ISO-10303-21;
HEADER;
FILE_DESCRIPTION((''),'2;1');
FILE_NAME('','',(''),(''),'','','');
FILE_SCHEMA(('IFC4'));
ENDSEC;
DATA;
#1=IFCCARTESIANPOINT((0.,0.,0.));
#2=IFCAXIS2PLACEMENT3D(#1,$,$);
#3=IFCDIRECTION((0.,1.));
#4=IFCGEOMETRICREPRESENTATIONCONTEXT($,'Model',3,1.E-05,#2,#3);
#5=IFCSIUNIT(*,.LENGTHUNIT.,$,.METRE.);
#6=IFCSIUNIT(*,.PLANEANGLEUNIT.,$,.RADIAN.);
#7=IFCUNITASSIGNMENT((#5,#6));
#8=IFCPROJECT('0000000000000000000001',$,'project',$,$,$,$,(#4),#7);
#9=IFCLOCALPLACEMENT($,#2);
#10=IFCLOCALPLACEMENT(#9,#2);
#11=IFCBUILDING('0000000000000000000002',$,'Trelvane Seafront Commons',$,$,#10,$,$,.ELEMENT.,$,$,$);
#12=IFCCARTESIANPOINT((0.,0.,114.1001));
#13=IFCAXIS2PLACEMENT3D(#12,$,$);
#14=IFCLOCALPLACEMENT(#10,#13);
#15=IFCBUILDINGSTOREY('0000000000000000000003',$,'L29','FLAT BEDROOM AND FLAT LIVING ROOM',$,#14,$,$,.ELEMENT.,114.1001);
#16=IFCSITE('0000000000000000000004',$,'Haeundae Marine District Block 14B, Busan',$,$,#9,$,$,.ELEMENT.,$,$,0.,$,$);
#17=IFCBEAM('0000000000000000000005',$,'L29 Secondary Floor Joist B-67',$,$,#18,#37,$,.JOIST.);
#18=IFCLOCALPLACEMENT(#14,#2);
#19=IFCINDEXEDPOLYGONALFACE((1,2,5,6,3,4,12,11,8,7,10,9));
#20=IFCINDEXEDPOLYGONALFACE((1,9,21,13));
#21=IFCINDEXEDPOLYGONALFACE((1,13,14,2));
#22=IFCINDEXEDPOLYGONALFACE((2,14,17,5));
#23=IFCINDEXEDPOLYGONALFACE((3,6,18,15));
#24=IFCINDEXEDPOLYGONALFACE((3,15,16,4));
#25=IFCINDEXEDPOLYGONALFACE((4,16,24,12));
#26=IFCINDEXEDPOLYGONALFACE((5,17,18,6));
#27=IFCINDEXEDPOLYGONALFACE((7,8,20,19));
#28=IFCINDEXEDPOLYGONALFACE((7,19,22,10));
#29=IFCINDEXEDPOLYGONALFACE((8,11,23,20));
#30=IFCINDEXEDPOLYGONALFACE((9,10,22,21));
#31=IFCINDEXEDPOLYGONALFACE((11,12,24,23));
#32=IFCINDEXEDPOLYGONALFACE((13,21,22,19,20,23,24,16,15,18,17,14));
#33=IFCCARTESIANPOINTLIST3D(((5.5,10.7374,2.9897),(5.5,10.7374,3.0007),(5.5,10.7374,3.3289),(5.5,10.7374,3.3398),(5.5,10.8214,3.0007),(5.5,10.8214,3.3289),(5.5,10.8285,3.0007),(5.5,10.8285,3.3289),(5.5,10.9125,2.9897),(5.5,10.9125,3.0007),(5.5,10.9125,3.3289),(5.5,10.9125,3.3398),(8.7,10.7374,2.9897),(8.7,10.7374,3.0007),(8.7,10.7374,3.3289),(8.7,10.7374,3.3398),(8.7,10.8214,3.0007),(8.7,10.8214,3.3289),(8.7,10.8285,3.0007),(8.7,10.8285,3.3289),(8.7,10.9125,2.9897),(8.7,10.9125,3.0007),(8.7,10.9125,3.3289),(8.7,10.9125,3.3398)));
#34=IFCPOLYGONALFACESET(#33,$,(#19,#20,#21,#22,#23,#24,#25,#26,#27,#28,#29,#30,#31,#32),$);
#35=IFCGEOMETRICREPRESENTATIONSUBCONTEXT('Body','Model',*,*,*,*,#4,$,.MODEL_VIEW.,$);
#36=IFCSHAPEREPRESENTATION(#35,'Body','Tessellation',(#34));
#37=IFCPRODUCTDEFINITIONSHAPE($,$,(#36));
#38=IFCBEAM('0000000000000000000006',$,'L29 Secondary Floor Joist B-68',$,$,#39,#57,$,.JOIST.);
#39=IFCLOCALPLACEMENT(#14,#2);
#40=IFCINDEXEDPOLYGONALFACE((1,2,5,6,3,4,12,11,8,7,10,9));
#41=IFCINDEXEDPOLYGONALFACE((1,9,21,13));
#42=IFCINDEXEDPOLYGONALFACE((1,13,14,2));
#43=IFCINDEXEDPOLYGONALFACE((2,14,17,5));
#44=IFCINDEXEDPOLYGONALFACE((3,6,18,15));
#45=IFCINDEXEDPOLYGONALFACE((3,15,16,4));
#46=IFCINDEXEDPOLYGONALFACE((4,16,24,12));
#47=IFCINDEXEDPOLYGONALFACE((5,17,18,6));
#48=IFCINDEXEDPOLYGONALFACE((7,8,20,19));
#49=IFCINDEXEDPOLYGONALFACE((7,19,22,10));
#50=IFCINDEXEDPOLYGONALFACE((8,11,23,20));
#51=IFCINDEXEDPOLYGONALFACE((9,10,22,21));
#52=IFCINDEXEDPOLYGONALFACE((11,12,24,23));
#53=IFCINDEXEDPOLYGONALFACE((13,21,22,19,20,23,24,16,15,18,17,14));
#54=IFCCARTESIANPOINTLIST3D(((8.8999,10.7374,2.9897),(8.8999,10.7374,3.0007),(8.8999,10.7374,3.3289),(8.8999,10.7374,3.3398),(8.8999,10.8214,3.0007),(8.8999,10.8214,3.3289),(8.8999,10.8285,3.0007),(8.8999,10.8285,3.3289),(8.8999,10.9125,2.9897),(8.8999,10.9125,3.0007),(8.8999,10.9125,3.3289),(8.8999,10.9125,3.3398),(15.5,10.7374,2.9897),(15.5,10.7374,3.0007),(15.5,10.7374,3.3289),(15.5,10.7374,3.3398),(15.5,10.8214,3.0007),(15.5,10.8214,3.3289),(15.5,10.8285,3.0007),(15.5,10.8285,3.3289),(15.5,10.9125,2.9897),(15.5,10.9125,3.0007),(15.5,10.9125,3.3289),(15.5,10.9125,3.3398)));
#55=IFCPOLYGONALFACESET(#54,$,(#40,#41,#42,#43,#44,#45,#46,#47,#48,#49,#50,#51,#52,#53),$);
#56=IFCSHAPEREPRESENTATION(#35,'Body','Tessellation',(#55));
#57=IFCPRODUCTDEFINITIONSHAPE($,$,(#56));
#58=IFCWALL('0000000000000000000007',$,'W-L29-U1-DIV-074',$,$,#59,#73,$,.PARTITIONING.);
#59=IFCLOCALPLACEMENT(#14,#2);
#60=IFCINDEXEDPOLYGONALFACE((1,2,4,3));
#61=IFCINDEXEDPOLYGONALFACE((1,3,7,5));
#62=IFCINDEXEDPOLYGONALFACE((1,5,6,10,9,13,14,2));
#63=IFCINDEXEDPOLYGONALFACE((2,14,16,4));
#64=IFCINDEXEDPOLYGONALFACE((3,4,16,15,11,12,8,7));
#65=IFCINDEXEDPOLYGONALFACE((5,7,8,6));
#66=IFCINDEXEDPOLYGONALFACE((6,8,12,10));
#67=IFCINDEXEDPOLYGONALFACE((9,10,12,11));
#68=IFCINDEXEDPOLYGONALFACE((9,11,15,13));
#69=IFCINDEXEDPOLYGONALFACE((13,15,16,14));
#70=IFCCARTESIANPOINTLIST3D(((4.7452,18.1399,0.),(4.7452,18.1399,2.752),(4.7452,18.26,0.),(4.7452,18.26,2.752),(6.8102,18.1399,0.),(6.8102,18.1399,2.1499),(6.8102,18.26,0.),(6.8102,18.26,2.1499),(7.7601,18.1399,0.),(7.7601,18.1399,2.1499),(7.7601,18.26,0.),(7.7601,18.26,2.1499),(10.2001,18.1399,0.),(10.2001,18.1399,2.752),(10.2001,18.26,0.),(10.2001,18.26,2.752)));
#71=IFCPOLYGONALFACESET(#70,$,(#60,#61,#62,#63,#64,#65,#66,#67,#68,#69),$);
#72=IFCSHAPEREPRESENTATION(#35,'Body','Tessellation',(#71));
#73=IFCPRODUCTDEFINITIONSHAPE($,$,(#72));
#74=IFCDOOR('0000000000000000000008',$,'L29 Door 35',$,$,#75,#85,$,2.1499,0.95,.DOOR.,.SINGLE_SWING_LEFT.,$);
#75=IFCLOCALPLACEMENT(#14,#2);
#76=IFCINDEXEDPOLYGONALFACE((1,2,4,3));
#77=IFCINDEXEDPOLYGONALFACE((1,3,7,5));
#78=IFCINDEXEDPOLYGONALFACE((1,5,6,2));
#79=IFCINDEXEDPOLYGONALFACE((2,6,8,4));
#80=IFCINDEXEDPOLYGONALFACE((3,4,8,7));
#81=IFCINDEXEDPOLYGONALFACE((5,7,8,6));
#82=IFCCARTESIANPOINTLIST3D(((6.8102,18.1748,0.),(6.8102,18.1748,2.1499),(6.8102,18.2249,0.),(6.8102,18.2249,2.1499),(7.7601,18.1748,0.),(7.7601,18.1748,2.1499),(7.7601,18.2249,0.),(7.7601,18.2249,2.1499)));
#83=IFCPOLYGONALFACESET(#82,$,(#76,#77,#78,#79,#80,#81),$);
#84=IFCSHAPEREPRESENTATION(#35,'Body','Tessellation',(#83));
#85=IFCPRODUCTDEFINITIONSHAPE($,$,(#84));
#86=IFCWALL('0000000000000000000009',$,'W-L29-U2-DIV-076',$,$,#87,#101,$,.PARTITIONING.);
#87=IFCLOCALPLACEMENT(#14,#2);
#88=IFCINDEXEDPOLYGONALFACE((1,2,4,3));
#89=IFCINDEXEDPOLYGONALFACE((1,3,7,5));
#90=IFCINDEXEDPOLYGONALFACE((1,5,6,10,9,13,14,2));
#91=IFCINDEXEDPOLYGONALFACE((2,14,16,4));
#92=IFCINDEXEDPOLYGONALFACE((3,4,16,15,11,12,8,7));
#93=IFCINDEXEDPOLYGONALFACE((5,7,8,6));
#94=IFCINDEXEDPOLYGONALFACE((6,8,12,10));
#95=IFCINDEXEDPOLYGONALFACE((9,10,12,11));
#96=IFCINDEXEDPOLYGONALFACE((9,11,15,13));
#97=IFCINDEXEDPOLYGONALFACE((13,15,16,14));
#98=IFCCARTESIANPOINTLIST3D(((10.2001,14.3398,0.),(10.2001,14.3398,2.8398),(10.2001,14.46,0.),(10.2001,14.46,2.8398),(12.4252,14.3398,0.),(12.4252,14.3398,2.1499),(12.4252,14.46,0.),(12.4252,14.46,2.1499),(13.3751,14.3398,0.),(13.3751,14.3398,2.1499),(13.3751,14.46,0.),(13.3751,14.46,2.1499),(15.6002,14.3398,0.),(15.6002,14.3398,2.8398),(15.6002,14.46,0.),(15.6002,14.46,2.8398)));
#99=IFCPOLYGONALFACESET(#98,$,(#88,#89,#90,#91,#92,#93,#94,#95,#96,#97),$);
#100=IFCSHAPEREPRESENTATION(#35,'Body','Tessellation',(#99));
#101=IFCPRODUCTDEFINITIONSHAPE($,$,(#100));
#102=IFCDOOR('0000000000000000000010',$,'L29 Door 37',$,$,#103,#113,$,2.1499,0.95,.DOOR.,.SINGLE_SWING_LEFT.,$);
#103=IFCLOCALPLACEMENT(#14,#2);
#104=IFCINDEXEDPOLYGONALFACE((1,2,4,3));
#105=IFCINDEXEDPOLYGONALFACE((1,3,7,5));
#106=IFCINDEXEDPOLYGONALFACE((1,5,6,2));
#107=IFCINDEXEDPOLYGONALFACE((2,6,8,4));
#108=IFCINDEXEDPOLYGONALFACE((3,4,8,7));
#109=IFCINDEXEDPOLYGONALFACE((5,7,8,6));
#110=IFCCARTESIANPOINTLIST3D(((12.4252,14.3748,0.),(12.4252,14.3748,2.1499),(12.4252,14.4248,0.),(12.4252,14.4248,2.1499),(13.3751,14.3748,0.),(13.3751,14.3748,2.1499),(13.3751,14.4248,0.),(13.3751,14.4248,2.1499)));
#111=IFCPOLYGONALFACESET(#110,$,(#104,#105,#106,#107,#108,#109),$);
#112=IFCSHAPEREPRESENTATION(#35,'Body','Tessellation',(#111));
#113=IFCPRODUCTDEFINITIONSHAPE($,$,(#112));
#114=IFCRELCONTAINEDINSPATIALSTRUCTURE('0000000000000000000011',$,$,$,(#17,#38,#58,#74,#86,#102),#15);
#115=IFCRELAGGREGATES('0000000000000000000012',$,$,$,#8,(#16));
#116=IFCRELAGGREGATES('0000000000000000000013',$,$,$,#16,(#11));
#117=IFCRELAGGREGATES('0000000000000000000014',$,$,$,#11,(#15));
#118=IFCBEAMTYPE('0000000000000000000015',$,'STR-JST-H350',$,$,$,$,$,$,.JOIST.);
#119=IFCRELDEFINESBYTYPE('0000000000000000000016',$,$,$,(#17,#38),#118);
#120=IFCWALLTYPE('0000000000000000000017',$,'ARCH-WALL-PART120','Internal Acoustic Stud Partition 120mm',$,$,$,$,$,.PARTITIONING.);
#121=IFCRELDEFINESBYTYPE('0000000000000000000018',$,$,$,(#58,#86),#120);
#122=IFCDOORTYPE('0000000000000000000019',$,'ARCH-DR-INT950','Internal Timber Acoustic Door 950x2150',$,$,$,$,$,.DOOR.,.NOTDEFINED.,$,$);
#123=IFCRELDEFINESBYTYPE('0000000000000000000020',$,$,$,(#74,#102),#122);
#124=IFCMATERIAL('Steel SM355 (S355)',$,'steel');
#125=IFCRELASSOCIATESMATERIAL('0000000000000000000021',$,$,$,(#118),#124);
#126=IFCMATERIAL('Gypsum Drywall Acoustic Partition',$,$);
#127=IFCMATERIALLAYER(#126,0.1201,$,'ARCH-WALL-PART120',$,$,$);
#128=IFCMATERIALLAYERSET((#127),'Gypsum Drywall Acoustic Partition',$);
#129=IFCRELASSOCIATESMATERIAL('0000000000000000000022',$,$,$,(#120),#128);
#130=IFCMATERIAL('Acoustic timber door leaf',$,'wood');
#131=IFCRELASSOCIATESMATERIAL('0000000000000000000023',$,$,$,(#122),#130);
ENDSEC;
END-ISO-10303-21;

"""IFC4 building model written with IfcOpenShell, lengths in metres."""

from ifc_helpers import new_model, si_unit, direction, frame, frame_2d, origin, origin_2d, place, context, subcontext, project, spatial, rectangle, i_section, extrude, source, transform, mapped, material, layer, layer_set, material_profile, profile_set, type_object, element, fill, save


model = new_model("IFC4")

# Units and contexts
model_context = context("Model", 3, precision=1e-05, world=origin(), true_north=direction((0.0, 1.0)))
body_context = subcontext(model_context, "Body", "Model", "MODEL_VIEW")
ifc_project = project(units=[si_unit("LENGTHUNIT", "METRE"), si_unit("PLANEANGLEUNIT", "RADIAN")], contexts=[model_context])

# Site, building, storey
site_placement = place(None, origin())
site = spatial("IfcSite", under=ifc_project, at=site_placement, Name="Haeundae Marine District Block 14B, Busan", CompositionType="ELEMENT", RefElevation=0.0)
building_placement = place(site_placement, origin())
building = spatial("IfcBuilding", under=site, at=building_placement, Name="Trelvane Seafront Commons", CompositionType="ELEMENT")
storey_placement = place(building_placement, frame((0.0, 0.0, 114.1001)))
storey = spatial("IfcBuildingStorey", under=building, at=storey_placement, Name="L29", Description="FLAT BEDROOM AND FLAT LIVING ROOM", CompositionType="ELEMENT", Elevation=114.1001)

# Shared definitions
ifc_material_1 = material(Name="Steel SM355 (S355)", Category="steel")

# Beams
ifc_material_profile_1 = material_profile(ifc_material_1, i_section(OverallWidth=0.175, OverallDepth=0.3501, WebThickness=0.0071, FlangeThickness=0.011, at=origin_2d()), Name="H-350x175x7x11")
ifc_profile_set_1 = profile_set([ifc_material_profile_1], Name="Steel SM355 (S355)")
beam_type_1 = type_object("IfcBeamType", Name="STR-JST-H350", PredefinedType="JOIST", material=ifc_profile_set_1)
shared_shape_1 = source(origin(), body_context, "Body", "SweptSolid", [
    extrude(i_section(OverallWidth=0.175, OverallDepth=0.3501, WebThickness=0.0071, FlangeThickness=0.011, at=origin_2d()), origin(), (0.0, 0.0, 1.0), 3.2),
])
beam_1_placement = place(storey_placement, frame((5.5, 10.825, 3.1648), z_axis=(1.0, 0.0, 0.0), x_axis=(0.0, 1.0, 0.0)))
element("IfcBeam", 1, at=beam_1_placement, inside=storey, type_object=beam_type_1, Name="L29 Secondary Floor Joist B-67", PredefinedType="JOIST", context=body_context, shape_type="MappedRepresentation", body=[
    mapped(shared_shape_1, transform((0.0, 0.0, 0.0), x_axis=(1.0, 0.0, 0.0), y_axis=(0.0, 1.0, 0.0), z_axis=(0.0, 0.0, 1.0), scale=1.0)),
])
shared_shape_2 = source(origin(), body_context, "Body", "SweptSolid", [
    extrude(i_section(OverallWidth=0.175, OverallDepth=0.3501, WebThickness=0.0071, FlangeThickness=0.011, at=origin_2d()), origin(), (0.0, 0.0, 1.0), 6.6001),
])
beam_2_placement = place(storey_placement, frame((8.8999, 10.825, 3.1648), z_axis=(1.0, 0.0, 0.0), x_axis=(0.0, 1.0, 0.0)))
element("IfcBeam", 2, at=beam_2_placement, inside=storey, type_object=beam_type_1, Name="L29 Secondary Floor Joist B-68", PredefinedType="JOIST", context=body_context, shape_type="MappedRepresentation", body=[
    mapped(shared_shape_2, transform((0.0, 0.0, 0.0), x_axis=(1.0, 0.0, 0.0), y_axis=(0.0, 1.0, 0.0), z_axis=(0.0, 0.0, 1.0), scale=1.0)),
])

# Walls, openings, doors
ifc_material_2 = material(Name="Gypsum Drywall Acoustic Partition")
ifc_layer = layer(ifc_material_2, 0.1201, Name="ARCH-WALL-PART120")
ifc_layer_set = layer_set([ifc_layer], Name="Gypsum Drywall Acoustic Partition")
wall_type = type_object("IfcWallType", Name="ARCH-WALL-PART120", Description="Internal Acoustic Stud Partition 120mm", PredefinedType="PARTITIONING", material=ifc_layer_set)
wall_1_placement = place(storey_placement, frame((4.7451, 18.2, 0.0), z_axis=(0.0, 0.0, 1.0), x_axis=(1.0, 0.0, 0.0)))
wall_1 = element("IfcWall", 3, at=wall_1_placement, inside=storey, type_object=wall_type, Name="W-L29-U1-DIV-074", PredefinedType="PARTITIONING", context=body_context, shape_type="SweptSolid", body=[
    extrude(rectangle(XDim=5.4548, YDim=0.1201, at=frame_2d((2.7275, 0.0))), origin(), (0.0, 0.0, 1.0), 2.752),
])
opening_1_placement = place(wall_1_placement, frame((2.0649, 0.0, 0.0)))
opening_1 = element("IfcOpeningElement", 4, at=opening_1_placement, cuts=wall_1, PredefinedType="OPENING", context=body_context, shape_type="SweptSolid", body=[
    extrude(rectangle(XDim=0.95, YDim=2.1499, at=frame_2d((0.4751, 1.075))), frame((0.0, 0.0701, 0.0), z_axis=(0.0, -1.0, 0.0), x_axis=(1.0, 0.0, 0.0)), (0.0, 0.0, 1.0), 0.1401),
])
ifc_material_3 = material(Name="Acoustic timber door leaf", Category="wood")
door_type = type_object("IfcDoorType", Name="ARCH-DR-INT950", Description="Internal Timber Acoustic Door 950x2150", OperationType="NOTDEFINED", PredefinedType="DOOR", material=ifc_material_3)
shared_shape_3 = source(origin(), body_context, "Body", "SweptSolid", [
    extrude(rectangle(XDim=0.95, YDim=2.1499, at=frame_2d((0.4751, 1.075))), frame((0.0, 0.0249, 0.0), z_axis=(0.0, -1.0, 0.0), x_axis=(1.0, 0.0, 0.0)), (0.0, 0.0, 1.0), 0.05),
])
door_1_placement = place(opening_1_placement, origin())
door_1 = element("IfcDoor", 5, at=door_1_placement, inside=storey, type_object=door_type, Name="L29 Door 35", OperationType="SINGLE_SWING_LEFT", OverallHeight=2.1499, OverallWidth=0.95, PredefinedType="DOOR", context=body_context, shape_type="MappedRepresentation", body=[
    mapped(shared_shape_3, transform((0.0, 0.0, 0.0), x_axis=(1.0, 0.0, 0.0), y_axis=(0.0, 1.0, 0.0), z_axis=(0.0, 0.0, 1.0), scale=1.0)),
])
fill(opening_1, door_1)
wall_2_placement = place(storey_placement, frame((10.2, 14.3999, 0.0), z_axis=(0.0, 0.0, 1.0), x_axis=(1.0, 0.0, 0.0)))
wall_2 = element("IfcWall", 6, at=wall_2_placement, inside=storey, type_object=wall_type, Name="W-L29-U2-DIV-076", PredefinedType="PARTITIONING", context=body_context, shape_type="SweptSolid", body=[
    extrude(rectangle(XDim=5.4001, YDim=0.1201, at=frame_2d((2.7002, 0.0))), origin(), (0.0, 0.0, 1.0), 2.8398),
])
opening_2_placement = place(wall_2_placement, frame((2.2251, 0.0, 0.0)))
opening_2 = element("IfcOpeningElement", 7, at=opening_2_placement, cuts=wall_2, PredefinedType="OPENING", context=body_context, shape_type="SweptSolid", body=[
    extrude(rectangle(XDim=0.95, YDim=2.1499, at=frame_2d((0.4751, 1.075))), frame((0.0, 0.0701, 0.0), z_axis=(0.0, -1.0, 0.0), x_axis=(1.0, 0.0, 0.0)), (0.0, 0.0, 1.0), 0.1401),
])
door_2_placement = place(opening_2_placement, origin())
door_2 = element("IfcDoor", 8, at=door_2_placement, inside=storey, type_object=door_type, Name="L29 Door 37", OperationType="SINGLE_SWING_LEFT", OverallHeight=2.1499, OverallWidth=0.95, PredefinedType="DOOR", context=body_context, shape_type="MappedRepresentation", body=[
    mapped(shared_shape_3, transform((0.0, 0.0, 0.0), x_axis=(1.0, 0.0, 0.0), y_axis=(0.0, 1.0, 0.0), z_axis=(0.0, 0.0, 1.0), scale=1.0)),
])
fill(opening_2, door_2)

save(model, "model.ifc")
